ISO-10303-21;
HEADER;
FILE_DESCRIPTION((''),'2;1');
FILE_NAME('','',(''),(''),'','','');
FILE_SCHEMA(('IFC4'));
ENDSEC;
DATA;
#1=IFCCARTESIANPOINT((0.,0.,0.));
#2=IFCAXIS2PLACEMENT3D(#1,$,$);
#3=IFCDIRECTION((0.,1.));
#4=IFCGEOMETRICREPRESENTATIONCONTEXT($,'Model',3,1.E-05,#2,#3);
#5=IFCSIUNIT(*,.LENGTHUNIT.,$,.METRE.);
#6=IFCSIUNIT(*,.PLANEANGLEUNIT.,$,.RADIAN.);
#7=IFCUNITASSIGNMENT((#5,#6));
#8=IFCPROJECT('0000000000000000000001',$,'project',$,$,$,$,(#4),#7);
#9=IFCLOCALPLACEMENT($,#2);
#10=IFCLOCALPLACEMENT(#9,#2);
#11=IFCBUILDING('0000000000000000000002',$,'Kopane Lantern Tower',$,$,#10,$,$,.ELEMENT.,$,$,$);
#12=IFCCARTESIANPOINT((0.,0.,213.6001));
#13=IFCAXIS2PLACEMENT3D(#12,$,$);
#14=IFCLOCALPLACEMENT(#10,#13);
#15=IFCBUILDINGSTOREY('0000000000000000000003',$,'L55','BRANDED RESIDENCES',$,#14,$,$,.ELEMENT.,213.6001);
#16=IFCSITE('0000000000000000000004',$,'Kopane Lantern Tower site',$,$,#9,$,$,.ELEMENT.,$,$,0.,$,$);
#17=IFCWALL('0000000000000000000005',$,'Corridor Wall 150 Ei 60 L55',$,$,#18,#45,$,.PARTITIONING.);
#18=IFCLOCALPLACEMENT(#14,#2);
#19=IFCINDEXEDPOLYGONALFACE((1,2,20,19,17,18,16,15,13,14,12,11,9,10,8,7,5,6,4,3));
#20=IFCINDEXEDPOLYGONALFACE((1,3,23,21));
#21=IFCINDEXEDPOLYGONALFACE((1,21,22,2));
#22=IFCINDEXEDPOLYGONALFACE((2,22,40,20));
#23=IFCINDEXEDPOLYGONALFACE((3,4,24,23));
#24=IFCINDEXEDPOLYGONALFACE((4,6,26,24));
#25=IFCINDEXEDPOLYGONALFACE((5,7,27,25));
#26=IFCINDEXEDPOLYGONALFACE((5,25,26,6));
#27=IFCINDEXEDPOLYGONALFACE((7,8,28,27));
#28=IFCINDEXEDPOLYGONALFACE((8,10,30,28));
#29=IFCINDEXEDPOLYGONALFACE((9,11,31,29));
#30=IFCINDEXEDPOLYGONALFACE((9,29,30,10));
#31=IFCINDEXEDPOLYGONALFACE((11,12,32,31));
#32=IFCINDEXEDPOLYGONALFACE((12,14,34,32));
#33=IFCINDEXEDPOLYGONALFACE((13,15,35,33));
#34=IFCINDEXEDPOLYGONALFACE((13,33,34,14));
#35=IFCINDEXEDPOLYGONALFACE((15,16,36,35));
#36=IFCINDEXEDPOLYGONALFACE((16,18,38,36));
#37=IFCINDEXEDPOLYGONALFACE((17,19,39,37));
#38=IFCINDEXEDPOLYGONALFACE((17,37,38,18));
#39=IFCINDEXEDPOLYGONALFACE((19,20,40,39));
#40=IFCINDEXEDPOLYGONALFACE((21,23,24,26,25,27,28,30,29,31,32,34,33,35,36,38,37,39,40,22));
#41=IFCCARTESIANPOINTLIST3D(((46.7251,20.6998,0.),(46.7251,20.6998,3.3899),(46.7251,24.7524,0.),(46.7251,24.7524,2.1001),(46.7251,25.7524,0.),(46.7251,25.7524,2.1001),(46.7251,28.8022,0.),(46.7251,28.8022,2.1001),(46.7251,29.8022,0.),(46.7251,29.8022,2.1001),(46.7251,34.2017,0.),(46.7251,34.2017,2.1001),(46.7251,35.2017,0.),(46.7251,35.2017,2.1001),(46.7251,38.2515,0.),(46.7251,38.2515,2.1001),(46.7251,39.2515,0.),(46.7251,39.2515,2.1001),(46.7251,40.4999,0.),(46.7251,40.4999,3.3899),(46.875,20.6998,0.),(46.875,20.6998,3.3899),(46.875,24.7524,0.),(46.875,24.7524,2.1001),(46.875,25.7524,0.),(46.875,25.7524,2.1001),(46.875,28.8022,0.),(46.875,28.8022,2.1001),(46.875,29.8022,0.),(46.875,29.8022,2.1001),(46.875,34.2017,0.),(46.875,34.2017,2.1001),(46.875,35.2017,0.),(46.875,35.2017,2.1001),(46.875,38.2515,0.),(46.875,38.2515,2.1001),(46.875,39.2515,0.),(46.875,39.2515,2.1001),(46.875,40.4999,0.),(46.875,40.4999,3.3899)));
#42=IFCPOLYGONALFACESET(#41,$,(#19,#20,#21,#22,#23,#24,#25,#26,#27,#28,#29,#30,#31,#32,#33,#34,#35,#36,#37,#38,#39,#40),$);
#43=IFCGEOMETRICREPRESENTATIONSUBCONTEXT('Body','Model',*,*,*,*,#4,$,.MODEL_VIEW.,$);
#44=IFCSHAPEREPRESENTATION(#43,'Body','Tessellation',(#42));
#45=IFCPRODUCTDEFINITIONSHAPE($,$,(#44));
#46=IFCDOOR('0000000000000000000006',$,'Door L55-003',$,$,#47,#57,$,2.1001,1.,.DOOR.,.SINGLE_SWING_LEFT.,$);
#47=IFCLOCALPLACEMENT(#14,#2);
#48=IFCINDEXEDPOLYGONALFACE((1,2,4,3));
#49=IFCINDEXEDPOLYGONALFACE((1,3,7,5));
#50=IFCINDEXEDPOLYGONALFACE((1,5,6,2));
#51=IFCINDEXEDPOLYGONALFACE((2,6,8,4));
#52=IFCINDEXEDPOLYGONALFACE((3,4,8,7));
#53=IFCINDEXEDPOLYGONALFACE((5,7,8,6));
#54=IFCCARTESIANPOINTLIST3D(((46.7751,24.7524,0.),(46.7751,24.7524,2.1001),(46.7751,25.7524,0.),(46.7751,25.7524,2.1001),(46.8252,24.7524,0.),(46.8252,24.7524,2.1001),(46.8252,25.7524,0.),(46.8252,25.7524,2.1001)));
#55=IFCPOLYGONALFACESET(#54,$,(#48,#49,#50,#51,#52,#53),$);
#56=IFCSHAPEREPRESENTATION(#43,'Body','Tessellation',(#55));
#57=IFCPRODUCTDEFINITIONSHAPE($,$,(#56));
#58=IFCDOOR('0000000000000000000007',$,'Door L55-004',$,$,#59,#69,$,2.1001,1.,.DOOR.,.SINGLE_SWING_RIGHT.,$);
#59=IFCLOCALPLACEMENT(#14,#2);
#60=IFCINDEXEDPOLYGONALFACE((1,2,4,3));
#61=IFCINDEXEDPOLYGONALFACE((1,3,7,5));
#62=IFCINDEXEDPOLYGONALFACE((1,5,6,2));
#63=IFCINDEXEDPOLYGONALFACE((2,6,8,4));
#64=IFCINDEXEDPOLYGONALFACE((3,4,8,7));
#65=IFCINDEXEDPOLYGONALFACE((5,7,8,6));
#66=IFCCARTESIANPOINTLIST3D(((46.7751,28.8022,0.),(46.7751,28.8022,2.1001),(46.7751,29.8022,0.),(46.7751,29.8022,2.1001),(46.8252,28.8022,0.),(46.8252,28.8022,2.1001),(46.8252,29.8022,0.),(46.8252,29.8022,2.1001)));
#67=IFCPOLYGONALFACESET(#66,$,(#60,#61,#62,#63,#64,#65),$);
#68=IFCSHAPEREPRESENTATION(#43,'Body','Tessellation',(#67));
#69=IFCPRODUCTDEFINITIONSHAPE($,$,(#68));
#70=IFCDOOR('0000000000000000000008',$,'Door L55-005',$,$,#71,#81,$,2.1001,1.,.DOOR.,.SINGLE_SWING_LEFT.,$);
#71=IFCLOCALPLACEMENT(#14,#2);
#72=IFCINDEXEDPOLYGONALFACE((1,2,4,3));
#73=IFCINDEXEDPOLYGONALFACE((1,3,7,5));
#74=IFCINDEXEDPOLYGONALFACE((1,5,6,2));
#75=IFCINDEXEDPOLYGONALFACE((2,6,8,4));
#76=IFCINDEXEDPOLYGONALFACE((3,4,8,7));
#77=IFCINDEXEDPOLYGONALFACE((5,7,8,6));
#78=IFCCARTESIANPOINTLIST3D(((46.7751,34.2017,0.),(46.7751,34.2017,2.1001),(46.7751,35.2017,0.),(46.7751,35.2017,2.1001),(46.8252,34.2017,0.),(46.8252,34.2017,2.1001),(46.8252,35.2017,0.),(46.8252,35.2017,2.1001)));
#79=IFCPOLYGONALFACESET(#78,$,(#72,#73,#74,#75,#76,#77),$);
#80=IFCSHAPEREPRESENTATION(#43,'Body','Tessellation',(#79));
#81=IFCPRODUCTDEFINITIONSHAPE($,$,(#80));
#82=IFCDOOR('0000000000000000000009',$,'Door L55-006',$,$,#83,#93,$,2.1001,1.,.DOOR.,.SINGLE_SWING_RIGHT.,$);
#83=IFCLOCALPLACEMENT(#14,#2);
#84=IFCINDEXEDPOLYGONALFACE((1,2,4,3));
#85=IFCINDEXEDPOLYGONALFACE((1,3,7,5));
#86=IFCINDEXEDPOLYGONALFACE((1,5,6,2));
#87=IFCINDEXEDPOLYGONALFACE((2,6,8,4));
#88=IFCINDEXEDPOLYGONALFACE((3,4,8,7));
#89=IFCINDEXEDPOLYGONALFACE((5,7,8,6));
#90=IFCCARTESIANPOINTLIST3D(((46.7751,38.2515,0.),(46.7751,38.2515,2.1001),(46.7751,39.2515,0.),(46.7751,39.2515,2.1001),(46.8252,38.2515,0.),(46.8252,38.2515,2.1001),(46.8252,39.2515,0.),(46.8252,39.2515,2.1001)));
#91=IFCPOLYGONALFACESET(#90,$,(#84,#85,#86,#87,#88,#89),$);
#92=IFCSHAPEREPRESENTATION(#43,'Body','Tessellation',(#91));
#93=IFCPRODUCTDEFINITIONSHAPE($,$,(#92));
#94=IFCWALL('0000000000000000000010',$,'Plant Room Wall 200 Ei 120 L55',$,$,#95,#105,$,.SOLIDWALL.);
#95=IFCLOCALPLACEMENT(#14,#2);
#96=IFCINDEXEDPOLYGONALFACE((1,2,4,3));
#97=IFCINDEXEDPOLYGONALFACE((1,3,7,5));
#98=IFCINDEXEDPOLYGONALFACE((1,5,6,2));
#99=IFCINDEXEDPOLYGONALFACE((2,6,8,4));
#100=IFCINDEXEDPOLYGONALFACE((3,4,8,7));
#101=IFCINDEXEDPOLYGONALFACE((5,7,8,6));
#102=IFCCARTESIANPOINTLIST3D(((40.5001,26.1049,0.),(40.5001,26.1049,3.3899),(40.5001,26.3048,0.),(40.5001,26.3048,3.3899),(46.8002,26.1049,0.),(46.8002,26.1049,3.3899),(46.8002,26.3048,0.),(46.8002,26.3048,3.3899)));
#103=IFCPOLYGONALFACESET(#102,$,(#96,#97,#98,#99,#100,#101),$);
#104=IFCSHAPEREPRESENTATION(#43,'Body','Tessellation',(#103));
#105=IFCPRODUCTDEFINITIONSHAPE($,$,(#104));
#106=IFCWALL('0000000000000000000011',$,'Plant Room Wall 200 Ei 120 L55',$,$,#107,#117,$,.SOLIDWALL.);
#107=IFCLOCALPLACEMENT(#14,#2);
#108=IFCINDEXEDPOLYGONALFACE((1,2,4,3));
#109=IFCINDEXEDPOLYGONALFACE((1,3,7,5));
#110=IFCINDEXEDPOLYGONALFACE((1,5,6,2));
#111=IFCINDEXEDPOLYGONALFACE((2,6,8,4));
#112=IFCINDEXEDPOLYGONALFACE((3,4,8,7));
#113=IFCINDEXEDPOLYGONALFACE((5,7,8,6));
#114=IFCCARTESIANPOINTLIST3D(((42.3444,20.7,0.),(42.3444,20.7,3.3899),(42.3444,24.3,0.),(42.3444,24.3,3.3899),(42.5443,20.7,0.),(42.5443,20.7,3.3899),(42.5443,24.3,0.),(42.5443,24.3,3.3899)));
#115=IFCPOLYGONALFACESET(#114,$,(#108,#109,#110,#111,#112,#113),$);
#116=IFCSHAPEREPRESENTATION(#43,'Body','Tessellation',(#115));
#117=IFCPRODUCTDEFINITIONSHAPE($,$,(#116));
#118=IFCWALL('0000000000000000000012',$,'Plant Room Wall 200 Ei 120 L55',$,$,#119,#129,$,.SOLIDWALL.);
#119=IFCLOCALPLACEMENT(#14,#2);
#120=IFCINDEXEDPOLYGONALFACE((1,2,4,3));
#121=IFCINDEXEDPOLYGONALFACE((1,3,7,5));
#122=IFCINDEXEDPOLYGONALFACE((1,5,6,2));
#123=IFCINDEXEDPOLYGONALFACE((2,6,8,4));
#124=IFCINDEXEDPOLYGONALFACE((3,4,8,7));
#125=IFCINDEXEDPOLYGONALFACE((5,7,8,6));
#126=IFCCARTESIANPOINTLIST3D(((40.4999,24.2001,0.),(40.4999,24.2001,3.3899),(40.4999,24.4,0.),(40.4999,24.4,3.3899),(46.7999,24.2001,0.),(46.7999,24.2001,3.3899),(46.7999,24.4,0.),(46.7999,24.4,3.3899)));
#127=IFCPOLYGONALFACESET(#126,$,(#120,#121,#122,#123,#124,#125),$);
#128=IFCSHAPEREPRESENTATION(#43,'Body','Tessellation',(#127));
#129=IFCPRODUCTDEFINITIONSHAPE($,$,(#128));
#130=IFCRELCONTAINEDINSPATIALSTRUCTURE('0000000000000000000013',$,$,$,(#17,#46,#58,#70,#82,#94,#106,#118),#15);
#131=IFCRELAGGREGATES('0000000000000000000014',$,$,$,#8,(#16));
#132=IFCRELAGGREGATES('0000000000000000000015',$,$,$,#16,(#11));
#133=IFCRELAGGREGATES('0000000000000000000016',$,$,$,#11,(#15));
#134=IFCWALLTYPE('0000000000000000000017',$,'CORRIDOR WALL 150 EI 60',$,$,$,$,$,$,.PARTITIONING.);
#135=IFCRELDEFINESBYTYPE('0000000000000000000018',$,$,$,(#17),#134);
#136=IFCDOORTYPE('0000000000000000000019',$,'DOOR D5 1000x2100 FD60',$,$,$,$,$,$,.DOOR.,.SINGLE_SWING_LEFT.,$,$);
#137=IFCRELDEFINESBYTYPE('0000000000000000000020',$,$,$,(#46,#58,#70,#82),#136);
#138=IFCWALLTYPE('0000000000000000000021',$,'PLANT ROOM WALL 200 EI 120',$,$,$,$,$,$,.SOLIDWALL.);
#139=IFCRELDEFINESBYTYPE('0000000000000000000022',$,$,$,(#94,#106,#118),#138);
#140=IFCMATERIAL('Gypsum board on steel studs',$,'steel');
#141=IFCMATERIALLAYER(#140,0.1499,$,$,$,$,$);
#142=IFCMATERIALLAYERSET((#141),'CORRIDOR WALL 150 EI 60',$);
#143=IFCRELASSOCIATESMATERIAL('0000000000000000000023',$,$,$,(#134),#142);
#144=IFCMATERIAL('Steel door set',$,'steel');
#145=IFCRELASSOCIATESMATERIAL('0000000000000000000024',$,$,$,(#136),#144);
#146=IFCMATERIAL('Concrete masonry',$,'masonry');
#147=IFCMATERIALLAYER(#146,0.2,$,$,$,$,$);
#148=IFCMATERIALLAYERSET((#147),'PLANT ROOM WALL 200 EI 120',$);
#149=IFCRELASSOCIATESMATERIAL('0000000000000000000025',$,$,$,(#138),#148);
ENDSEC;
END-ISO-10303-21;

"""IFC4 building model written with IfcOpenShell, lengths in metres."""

from ifc_helpers import new_model, si_unit, direction, frame, frame_2d, origin, place, context, subcontext, project, spatial, rectangle, extrude, material, layer, layer_set, type_object, element, fill, save


model = new_model("IFC4")

# Units and contexts
model_context = context("Model", 3, precision=1e-05, world=origin(), true_north=direction((0.0, 1.0)))
body_context = subcontext(model_context, "Body", "Model", "MODEL_VIEW")
ifc_project = project(units=[si_unit("LENGTHUNIT", "METRE"), si_unit("PLANEANGLEUNIT", "RADIAN")], contexts=[model_context])

# Site, building, storey
site_placement = place(None, origin())
site = spatial("IfcSite", under=ifc_project, at=site_placement, Name="Kopane Lantern Tower site", CompositionType="ELEMENT", RefElevation=0.0)
building_placement = place(site_placement, origin())
building = spatial("IfcBuilding", under=site, at=building_placement, Name="Kopane Lantern Tower", CompositionType="ELEMENT")
storey_placement = place(building_placement, frame((0.0, 0.0, 213.6001)))
storey = spatial("IfcBuildingStorey", under=building, at=storey_placement, Name="L55", Description="BRANDED RESIDENCES", CompositionType="ELEMENT", Elevation=213.6001)

# Wall, openings, doors
ifc_material_1 = material(Name="Gypsum board on steel studs", Category="steel")
ifc_layer_1 = layer(ifc_material_1, 0.1499)
ifc_layer_set_1 = layer_set([ifc_layer_1], Name="CORRIDOR WALL 150 EI 60")
wall_type_1 = type_object("IfcWallType", Name="CORRIDOR WALL 150 EI 60", PredefinedType="PARTITIONING", material=ifc_layer_set_1)
wall_1_placement = place(storey_placement, frame((46.8, 20.7, 0.0), z_axis=(0.0, 0.0, 1.0), x_axis=(0.0, 1.0, 0.0)))
wall_1 = element("IfcWall", 1, at=wall_1_placement, inside=storey, type_object=wall_type_1, Name="Corridor Wall 150 Ei 60 L55", PredefinedType="PARTITIONING", context=body_context, shape_type="SweptSolid", body=[
    extrude(rectangle(XDim=19.8, YDim=0.1499, at=frame_2d((9.8999, 0.0))), origin(), (0.0, 0.0, 1.0), 3.3899),
])
opening_1_placement = place(wall_1_placement, frame((4.0525, 0.0, 0.0)))
opening_1 = element("IfcOpeningElement", 2, at=opening_1_placement, cuts=wall_1, PredefinedType="OPENING", context=body_context, shape_type="SweptSolid", body=[
    extrude(rectangle(XDim=1.0, YDim=2.1001, at=frame_2d((0.5, 1.05))), frame((0.0, 0.085, 0.0), z_axis=(0.0, -1.0, 0.0), x_axis=(1.0, 0.0, 0.0)), (0.0, 0.0, 1.0), 0.1699),
])
opening_2_placement = place(wall_1_placement, frame((8.1023, 0.0, 0.0)))
opening_2 = element("IfcOpeningElement", 3, at=opening_2_placement, cuts=wall_1, PredefinedType="OPENING", context=body_context, shape_type="SweptSolid", body=[
    extrude(rectangle(XDim=1.0, YDim=2.1001, at=frame_2d((0.5, 1.05))), frame((0.0, 0.085, 0.0), z_axis=(0.0, -1.0, 0.0), x_axis=(1.0, 0.0, 0.0)), (0.0, 0.0, 1.0), 0.1699),
])
opening_3_placement = place(wall_1_placement, frame((13.5017, 0.0, 0.0)))
opening_3 = element("IfcOpeningElement", 4, at=opening_3_placement, cuts=wall_1, PredefinedType="OPENING", context=body_context, shape_type="SweptSolid", body=[
    extrude(rectangle(XDim=1.0, YDim=2.1001, at=frame_2d((0.5, 1.05))), frame((0.0, 0.085, 0.0), z_axis=(0.0, -1.0, 0.0), x_axis=(1.0, 0.0, 0.0)), (0.0, 0.0, 1.0), 0.1699),
])
opening_4_placement = place(wall_1_placement, frame((17.5515, 0.0, 0.0)))
opening_4 = element("IfcOpeningElement", 5, at=opening_4_placement, cuts=wall_1, PredefinedType="OPENING", context=body_context, shape_type="SweptSolid", body=[
    extrude(rectangle(XDim=1.0, YDim=2.1001, at=frame_2d((0.5, 1.05))), frame((0.0, 0.085, 0.0), z_axis=(0.0, -1.0, 0.0), x_axis=(1.0, 0.0, 0.0)), (0.0, 0.0, 1.0), 0.1699),
])
ifc_material_2 = material(Name="Steel door set", Category="steel")
door_type = type_object("IfcDoorType", Name="DOOR D5 1000x2100 FD60", OperationType="SINGLE_SWING_LEFT", PredefinedType="DOOR", material=ifc_material_2)
door_1_placement = place(opening_1_placement, origin())
door_1 = element("IfcDoor", 6, at=door_1_placement, inside=storey, type_object=door_type, Name="Door L55-003", OperationType="SINGLE_SWING_LEFT", OverallHeight=2.1001, OverallWidth=1.0, PredefinedType="DOOR", context=body_context, shape_type="SweptSolid", body=[
    extrude(rectangle(XDim=1.0, YDim=2.1001, at=frame_2d((0.5, 1.05))), frame((0.0, 0.0249, 0.0), z_axis=(0.0, -1.0, 0.0), x_axis=(1.0, 0.0, 0.0)), (0.0, 0.0, 1.0), 0.05),
])
fill(opening_1, door_1)
door_2_placement = place(opening_2_placement, origin())
door_2 = element("IfcDoor", 7, at=door_2_placement, inside=storey, type_object=door_type, Name="Door L55-004", OperationType="SINGLE_SWING_RIGHT", OverallHeight=2.1001, OverallWidth=1.0, PredefinedType="DOOR", context=body_context, shape_type="SweptSolid", body=[
    extrude(rectangle(XDim=1.0, YDim=2.1001, at=frame_2d((0.5, 1.05))), frame((0.0, 0.0249, 0.0), z_axis=(0.0, -1.0, 0.0), x_axis=(1.0, 0.0, 0.0)), (0.0, 0.0, 1.0), 0.05),
])
fill(opening_2, door_2)
door_3_placement = place(opening_3_placement, origin())
door_3 = element("IfcDoor", 8, at=door_3_placement, inside=storey, type_object=door_type, Name="Door L55-005", OperationType="SINGLE_SWING_LEFT", OverallHeight=2.1001, OverallWidth=1.0, PredefinedType="DOOR", context=body_context, shape_type="SweptSolid", body=[
    extrude(rectangle(XDim=1.0, YDim=2.1001, at=frame_2d((0.5, 1.05))), frame((0.0, 0.0249, 0.0), z_axis=(0.0, -1.0, 0.0), x_axis=(1.0, 0.0, 0.0)), (0.0, 0.0, 1.0), 0.05),
])
fill(opening_3, door_3)
door_4_placement = place(opening_4_placement, origin())
door_4 = element("IfcDoor", 9, at=door_4_placement, inside=storey, type_object=door_type, Name="Door L55-006", OperationType="SINGLE_SWING_RIGHT", OverallHeight=2.1001, OverallWidth=1.0, PredefinedType="DOOR", context=body_context, shape_type="SweptSolid", body=[
    extrude(rectangle(XDim=1.0, YDim=2.1001, at=frame_2d((0.5, 1.05))), frame((0.0, 0.0249, 0.0), z_axis=(0.0, -1.0, 0.0), x_axis=(1.0, 0.0, 0.0)), (0.0, 0.0, 1.0), 0.05),
])
fill(opening_4, door_4)

# Walls
ifc_material_3 = material(Name="Concrete masonry", Category="masonry")
ifc_layer_2 = layer(ifc_material_3, 0.2)
ifc_layer_set_2 = layer_set([ifc_layer_2], Name="PLANT ROOM WALL 200 EI 120")
wall_type_2 = type_object("IfcWallType", Name="PLANT ROOM WALL 200 EI 120", PredefinedType="SOLIDWALL", material=ifc_layer_set_2)
wall_2_placement = place(storey_placement, frame((46.8, 26.2048, 0.0), z_axis=(0.0, 0.0, 1.0), x_axis=(-1.0, 0.0, 0.0)))
element("IfcWall", 10, at=wall_2_placement, inside=storey, type_object=wall_type_2, Name="Plant Room Wall 200 Ei 120 L55", PredefinedType="SOLIDWALL", context=body_context, shape_type="SweptSolid", body=[
    extrude(rectangle(XDim=6.3, YDim=0.2, at=frame_2d((3.1499, 0.0))), origin(), (0.0, 0.0, 1.0), 3.3899),
])
wall_3_placement = place(storey_placement, frame((42.4443, 20.7, 0.0), z_axis=(0.0, 0.0, 1.0), x_axis=(0.0, 1.0, 0.0)))
element("IfcWall", 11, at=wall_3_placement, inside=storey, type_object=wall_type_2, Name="Plant Room Wall 200 Ei 120 L55", PredefinedType="SOLIDWALL", context=body_context, shape_type="SweptSolid", body=[
    extrude(rectangle(XDim=3.6001, YDim=0.2, at=frame_2d((1.8, 0.0))), origin(), (0.0, 0.0, 1.0), 3.3899),
])
wall_4_placement = place(storey_placement, frame((40.5, 24.3, 0.0), z_axis=(0.0, 0.0, 1.0), x_axis=(1.0, 0.0, 0.0)))
element("IfcWall", 12, at=wall_4_placement, inside=storey, type_object=wall_type_2, Name="Plant Room Wall 200 Ei 120 L55", PredefinedType="SOLIDWALL", context=body_context, shape_type="SweptSolid", body=[
    extrude(rectangle(XDim=6.3, YDim=0.2, at=frame_2d((3.1499, 0.0))), origin(), (0.0, 0.0, 1.0), 3.3899),
])

save(model, "model.ifc")
